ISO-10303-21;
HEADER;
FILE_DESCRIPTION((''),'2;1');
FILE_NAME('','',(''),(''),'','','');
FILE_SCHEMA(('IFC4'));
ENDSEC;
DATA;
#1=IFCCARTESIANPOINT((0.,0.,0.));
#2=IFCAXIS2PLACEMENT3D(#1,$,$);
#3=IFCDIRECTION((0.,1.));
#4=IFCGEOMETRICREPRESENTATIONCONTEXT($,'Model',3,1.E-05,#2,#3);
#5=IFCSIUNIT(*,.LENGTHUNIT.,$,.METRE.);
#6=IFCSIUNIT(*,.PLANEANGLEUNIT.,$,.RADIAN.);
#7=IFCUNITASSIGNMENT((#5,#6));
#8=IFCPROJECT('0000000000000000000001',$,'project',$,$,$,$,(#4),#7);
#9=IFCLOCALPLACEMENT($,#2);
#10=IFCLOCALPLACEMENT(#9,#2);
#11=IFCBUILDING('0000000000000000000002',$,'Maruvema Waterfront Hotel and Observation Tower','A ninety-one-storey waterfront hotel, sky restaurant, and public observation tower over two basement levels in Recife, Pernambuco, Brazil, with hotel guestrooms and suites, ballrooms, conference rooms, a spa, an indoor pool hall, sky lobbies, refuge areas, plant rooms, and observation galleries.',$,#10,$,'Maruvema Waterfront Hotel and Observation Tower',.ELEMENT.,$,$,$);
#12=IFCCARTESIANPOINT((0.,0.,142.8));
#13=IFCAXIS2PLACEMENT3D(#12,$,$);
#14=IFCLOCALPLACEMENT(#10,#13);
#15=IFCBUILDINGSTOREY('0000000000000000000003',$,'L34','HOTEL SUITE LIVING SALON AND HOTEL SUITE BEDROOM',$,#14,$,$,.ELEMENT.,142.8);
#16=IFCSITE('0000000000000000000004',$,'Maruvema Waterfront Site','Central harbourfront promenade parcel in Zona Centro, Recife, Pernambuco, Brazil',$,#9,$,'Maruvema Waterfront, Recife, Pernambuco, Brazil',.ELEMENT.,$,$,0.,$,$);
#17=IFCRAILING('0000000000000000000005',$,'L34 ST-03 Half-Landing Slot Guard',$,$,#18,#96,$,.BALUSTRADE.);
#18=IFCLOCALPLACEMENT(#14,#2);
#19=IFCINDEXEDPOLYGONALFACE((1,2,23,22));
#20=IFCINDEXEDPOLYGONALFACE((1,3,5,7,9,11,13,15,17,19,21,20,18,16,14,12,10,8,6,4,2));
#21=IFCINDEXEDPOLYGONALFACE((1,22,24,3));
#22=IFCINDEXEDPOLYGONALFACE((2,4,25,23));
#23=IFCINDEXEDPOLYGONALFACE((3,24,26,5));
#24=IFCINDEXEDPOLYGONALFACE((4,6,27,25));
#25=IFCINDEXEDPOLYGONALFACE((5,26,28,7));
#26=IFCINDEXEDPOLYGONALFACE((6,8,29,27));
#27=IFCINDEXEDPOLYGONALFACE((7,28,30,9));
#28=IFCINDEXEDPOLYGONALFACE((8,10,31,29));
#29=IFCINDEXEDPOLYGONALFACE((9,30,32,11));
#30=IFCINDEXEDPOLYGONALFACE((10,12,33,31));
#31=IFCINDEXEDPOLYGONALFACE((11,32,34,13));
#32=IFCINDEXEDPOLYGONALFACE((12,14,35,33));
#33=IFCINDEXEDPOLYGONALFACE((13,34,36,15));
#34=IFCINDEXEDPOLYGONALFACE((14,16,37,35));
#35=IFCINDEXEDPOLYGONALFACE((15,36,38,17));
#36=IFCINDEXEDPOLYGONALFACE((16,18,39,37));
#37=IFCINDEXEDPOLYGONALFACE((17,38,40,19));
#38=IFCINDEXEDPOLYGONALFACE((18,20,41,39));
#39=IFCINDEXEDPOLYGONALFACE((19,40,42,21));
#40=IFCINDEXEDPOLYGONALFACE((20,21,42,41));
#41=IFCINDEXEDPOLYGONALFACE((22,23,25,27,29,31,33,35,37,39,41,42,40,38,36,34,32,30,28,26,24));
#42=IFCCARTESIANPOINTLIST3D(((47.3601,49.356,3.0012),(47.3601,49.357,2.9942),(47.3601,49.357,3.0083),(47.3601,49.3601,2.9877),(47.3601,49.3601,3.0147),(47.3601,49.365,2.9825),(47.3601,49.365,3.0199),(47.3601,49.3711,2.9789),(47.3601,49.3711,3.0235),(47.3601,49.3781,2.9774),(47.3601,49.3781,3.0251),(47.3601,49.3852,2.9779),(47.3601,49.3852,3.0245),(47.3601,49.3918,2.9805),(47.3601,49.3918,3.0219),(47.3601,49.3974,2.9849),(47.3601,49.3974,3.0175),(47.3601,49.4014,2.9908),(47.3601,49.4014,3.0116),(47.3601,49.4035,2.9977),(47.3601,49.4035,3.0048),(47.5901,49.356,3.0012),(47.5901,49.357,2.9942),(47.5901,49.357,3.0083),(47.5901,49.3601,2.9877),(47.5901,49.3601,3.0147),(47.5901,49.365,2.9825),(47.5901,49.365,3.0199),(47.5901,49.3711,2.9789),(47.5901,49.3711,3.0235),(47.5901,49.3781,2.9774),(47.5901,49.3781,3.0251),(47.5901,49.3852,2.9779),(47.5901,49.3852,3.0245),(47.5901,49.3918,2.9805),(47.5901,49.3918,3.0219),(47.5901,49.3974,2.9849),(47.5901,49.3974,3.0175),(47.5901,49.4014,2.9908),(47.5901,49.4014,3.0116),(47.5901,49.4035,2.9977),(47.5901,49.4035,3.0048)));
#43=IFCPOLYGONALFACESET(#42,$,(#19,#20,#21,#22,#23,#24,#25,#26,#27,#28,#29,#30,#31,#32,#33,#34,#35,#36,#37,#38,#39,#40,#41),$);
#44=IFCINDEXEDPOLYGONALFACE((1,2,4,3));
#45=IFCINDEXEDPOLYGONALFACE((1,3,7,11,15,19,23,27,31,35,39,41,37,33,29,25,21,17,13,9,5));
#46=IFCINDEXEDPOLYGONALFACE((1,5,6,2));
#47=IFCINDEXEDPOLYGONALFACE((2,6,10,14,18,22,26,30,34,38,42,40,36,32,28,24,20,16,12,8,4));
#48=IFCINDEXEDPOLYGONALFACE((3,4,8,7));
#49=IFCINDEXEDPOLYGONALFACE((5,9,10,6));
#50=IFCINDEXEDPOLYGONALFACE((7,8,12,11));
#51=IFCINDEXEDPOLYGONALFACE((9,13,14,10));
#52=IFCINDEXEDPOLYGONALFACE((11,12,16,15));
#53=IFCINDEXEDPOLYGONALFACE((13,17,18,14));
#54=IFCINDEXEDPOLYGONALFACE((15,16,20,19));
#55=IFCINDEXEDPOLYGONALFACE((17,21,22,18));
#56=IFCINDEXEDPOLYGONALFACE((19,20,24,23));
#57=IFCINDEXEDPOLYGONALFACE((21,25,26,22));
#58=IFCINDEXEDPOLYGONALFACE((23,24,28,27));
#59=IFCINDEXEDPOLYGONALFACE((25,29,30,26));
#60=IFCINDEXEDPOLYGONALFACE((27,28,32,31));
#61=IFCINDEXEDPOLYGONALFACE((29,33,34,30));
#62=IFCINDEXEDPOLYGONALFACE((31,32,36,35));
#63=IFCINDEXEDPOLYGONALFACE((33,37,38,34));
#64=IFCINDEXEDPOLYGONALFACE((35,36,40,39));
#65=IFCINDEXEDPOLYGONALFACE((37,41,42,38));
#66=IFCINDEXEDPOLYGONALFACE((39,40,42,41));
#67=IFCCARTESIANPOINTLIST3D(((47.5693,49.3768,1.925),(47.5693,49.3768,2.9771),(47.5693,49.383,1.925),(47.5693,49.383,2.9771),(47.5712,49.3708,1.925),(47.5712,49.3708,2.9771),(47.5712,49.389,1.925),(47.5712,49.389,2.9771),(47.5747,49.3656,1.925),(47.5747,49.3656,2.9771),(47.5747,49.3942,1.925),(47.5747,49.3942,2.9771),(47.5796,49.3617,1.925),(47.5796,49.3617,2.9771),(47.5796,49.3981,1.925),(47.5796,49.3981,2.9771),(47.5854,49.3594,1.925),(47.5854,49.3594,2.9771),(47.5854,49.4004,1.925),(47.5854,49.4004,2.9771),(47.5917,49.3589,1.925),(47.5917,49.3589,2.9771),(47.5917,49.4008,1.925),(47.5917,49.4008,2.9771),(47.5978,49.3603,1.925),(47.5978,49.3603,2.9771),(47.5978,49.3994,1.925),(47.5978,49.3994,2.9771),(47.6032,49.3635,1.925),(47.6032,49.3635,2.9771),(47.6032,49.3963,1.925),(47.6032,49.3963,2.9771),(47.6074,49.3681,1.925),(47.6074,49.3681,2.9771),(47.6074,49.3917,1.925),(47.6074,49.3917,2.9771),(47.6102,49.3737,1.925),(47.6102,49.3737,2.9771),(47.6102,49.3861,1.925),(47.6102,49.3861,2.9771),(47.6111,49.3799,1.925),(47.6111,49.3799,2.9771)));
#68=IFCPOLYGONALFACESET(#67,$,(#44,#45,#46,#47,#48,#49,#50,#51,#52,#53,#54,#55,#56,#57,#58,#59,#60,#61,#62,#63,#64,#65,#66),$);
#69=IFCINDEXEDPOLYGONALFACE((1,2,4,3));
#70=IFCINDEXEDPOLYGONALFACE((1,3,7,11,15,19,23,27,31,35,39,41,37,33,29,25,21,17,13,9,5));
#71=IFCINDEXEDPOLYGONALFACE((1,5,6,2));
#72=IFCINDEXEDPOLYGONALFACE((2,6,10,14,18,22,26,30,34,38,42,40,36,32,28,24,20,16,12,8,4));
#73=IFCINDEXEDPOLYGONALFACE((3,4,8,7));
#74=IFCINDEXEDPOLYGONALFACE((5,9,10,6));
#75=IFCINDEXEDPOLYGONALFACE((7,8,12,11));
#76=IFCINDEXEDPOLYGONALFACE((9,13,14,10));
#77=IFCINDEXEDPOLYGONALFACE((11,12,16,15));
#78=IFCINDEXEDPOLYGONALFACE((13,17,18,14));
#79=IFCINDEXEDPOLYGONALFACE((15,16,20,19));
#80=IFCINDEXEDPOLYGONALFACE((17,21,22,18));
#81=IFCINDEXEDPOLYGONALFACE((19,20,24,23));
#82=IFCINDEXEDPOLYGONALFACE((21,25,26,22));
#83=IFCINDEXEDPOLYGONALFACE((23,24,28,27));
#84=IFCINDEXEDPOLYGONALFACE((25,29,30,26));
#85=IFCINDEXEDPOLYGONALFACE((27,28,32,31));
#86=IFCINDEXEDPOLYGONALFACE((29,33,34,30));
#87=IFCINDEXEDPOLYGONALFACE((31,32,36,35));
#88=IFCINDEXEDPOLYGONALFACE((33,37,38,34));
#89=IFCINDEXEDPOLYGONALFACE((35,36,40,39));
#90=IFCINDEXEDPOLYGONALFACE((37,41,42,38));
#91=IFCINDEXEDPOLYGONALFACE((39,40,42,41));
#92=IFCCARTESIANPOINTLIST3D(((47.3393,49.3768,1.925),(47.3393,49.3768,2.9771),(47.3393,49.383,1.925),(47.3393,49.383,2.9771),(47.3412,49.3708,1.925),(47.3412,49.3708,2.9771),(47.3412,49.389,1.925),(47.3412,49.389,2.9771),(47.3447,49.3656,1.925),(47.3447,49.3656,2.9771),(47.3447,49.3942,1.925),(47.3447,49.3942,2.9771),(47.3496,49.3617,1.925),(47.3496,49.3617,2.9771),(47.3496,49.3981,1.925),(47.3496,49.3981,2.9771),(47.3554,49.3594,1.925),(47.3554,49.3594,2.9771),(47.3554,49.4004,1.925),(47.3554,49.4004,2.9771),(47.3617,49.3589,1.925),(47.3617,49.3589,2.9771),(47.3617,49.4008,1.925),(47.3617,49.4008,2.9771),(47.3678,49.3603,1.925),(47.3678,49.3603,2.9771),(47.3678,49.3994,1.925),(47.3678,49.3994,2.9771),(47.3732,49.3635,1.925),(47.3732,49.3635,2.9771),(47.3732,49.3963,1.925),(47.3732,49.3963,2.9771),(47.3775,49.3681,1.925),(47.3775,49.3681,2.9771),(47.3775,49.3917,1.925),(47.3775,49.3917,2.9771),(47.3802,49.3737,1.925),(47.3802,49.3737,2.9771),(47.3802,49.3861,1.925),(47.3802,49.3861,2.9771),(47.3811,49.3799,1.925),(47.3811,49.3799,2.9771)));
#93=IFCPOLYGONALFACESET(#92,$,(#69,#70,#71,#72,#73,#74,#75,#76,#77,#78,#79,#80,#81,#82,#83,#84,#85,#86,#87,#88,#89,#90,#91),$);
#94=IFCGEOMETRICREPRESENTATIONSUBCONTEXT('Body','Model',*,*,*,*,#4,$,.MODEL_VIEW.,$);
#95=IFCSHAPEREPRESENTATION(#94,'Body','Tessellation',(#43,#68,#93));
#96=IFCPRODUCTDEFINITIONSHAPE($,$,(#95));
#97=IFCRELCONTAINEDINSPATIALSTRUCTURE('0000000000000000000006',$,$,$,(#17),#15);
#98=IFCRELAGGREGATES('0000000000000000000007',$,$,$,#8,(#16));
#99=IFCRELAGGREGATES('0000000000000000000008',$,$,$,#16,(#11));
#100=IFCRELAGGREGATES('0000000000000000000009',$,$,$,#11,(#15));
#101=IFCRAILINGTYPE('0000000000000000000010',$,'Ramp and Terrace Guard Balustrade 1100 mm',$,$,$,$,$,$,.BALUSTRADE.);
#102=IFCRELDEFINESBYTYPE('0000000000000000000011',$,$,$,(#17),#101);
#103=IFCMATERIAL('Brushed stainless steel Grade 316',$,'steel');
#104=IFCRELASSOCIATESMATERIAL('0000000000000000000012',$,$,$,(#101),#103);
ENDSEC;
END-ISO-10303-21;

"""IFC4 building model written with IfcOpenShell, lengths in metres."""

from ifc_helpers import new_model, si_unit, direction, frame, origin, origin_2d, place, context, subcontext, project, spatial, circle, extrude, material, type_object, element, save


model = new_model("IFC4")

# Units and contexts
model_context = context("Model", 3, precision=1e-05, world=origin(), true_north=direction((0.0, 1.0)))
body_context = subcontext(model_context, "Body", "Model", "MODEL_VIEW")
ifc_project = project(units=[si_unit("LENGTHUNIT", "METRE"), si_unit("PLANEANGLEUNIT", "RADIAN")], contexts=[model_context])

# Site, building, storey
site_placement = place(None, origin())
site = spatial("IfcSite", under=ifc_project, at=site_placement, Name="Maruvema Waterfront Site", Description="Central harbourfront promenade parcel in Zona Centro, Recife, Pernambuco, Brazil", LongName="Maruvema Waterfront, Recife, Pernambuco, Brazil", CompositionType="ELEMENT", RefElevation=0.0)
building_placement = place(site_placement, origin())
building = spatial("IfcBuilding", under=site, at=building_placement, Name="Maruvema Waterfront Hotel and Observation Tower", Description="A ninety-one-storey waterfront hotel, sky restaurant, and public observation tower over two basement levels in Recife, Pernambuco, Brazil, with hotel guestrooms and suites, ballrooms, conference rooms, a spa, an indoor pool hall, sky lobbies, refuge areas, plant rooms, and observation galleries.", LongName="Maruvema Waterfront Hotel and Observation Tower", CompositionType="ELEMENT")
storey_placement = place(building_placement, frame((0.0, 0.0, 142.8)))
storey = spatial("IfcBuildingStorey", under=building, at=storey_placement, Name="L34", Description="HOTEL SUITE LIVING SALON AND HOTEL SUITE BEDROOM", CompositionType="ELEMENT", Elevation=142.8)

# Railing
ifc_material_1 = material(Name="Brushed stainless steel Grade 316", Category="steel")
railing_type_1 = type_object("IfcRailingType", Name="Ramp and Terrace Guard Balustrade 1100 mm", PredefinedType="BALUSTRADE", material=ifc_material_1)
railing_1_placement = place(storey_placement, frame((47.5901, 49.3799, 1.925)))
element("IfcRailing", 1, at=railing_1_placement, inside=storey, type_object=railing_type_1, Name="L34 ST-03 Half-Landing Slot Guard", PredefinedType="BALUSTRADE", context=body_context, shape_type="SweptSolid", body=[
    extrude(circle(Radius=0.0239, at=origin_2d()), frame((0.0, 0.0, 1.0762), z_axis=(-1.0, 0.0, 0.0), x_axis=(0.0, -1.0, 0.0)), (0.0, 0.0, 1.0), 0.23),
    extrude(circle(Radius=0.021, at=origin_2d()), origin(), (0.0, 0.0, 1.0), 1.052),
    extrude(circle(Radius=0.021, at=origin_2d()), frame((-0.23, 0.0, 0.0)), (0.0, 0.0, 1.0), 1.052),
])

save(model, "model.ifc")
